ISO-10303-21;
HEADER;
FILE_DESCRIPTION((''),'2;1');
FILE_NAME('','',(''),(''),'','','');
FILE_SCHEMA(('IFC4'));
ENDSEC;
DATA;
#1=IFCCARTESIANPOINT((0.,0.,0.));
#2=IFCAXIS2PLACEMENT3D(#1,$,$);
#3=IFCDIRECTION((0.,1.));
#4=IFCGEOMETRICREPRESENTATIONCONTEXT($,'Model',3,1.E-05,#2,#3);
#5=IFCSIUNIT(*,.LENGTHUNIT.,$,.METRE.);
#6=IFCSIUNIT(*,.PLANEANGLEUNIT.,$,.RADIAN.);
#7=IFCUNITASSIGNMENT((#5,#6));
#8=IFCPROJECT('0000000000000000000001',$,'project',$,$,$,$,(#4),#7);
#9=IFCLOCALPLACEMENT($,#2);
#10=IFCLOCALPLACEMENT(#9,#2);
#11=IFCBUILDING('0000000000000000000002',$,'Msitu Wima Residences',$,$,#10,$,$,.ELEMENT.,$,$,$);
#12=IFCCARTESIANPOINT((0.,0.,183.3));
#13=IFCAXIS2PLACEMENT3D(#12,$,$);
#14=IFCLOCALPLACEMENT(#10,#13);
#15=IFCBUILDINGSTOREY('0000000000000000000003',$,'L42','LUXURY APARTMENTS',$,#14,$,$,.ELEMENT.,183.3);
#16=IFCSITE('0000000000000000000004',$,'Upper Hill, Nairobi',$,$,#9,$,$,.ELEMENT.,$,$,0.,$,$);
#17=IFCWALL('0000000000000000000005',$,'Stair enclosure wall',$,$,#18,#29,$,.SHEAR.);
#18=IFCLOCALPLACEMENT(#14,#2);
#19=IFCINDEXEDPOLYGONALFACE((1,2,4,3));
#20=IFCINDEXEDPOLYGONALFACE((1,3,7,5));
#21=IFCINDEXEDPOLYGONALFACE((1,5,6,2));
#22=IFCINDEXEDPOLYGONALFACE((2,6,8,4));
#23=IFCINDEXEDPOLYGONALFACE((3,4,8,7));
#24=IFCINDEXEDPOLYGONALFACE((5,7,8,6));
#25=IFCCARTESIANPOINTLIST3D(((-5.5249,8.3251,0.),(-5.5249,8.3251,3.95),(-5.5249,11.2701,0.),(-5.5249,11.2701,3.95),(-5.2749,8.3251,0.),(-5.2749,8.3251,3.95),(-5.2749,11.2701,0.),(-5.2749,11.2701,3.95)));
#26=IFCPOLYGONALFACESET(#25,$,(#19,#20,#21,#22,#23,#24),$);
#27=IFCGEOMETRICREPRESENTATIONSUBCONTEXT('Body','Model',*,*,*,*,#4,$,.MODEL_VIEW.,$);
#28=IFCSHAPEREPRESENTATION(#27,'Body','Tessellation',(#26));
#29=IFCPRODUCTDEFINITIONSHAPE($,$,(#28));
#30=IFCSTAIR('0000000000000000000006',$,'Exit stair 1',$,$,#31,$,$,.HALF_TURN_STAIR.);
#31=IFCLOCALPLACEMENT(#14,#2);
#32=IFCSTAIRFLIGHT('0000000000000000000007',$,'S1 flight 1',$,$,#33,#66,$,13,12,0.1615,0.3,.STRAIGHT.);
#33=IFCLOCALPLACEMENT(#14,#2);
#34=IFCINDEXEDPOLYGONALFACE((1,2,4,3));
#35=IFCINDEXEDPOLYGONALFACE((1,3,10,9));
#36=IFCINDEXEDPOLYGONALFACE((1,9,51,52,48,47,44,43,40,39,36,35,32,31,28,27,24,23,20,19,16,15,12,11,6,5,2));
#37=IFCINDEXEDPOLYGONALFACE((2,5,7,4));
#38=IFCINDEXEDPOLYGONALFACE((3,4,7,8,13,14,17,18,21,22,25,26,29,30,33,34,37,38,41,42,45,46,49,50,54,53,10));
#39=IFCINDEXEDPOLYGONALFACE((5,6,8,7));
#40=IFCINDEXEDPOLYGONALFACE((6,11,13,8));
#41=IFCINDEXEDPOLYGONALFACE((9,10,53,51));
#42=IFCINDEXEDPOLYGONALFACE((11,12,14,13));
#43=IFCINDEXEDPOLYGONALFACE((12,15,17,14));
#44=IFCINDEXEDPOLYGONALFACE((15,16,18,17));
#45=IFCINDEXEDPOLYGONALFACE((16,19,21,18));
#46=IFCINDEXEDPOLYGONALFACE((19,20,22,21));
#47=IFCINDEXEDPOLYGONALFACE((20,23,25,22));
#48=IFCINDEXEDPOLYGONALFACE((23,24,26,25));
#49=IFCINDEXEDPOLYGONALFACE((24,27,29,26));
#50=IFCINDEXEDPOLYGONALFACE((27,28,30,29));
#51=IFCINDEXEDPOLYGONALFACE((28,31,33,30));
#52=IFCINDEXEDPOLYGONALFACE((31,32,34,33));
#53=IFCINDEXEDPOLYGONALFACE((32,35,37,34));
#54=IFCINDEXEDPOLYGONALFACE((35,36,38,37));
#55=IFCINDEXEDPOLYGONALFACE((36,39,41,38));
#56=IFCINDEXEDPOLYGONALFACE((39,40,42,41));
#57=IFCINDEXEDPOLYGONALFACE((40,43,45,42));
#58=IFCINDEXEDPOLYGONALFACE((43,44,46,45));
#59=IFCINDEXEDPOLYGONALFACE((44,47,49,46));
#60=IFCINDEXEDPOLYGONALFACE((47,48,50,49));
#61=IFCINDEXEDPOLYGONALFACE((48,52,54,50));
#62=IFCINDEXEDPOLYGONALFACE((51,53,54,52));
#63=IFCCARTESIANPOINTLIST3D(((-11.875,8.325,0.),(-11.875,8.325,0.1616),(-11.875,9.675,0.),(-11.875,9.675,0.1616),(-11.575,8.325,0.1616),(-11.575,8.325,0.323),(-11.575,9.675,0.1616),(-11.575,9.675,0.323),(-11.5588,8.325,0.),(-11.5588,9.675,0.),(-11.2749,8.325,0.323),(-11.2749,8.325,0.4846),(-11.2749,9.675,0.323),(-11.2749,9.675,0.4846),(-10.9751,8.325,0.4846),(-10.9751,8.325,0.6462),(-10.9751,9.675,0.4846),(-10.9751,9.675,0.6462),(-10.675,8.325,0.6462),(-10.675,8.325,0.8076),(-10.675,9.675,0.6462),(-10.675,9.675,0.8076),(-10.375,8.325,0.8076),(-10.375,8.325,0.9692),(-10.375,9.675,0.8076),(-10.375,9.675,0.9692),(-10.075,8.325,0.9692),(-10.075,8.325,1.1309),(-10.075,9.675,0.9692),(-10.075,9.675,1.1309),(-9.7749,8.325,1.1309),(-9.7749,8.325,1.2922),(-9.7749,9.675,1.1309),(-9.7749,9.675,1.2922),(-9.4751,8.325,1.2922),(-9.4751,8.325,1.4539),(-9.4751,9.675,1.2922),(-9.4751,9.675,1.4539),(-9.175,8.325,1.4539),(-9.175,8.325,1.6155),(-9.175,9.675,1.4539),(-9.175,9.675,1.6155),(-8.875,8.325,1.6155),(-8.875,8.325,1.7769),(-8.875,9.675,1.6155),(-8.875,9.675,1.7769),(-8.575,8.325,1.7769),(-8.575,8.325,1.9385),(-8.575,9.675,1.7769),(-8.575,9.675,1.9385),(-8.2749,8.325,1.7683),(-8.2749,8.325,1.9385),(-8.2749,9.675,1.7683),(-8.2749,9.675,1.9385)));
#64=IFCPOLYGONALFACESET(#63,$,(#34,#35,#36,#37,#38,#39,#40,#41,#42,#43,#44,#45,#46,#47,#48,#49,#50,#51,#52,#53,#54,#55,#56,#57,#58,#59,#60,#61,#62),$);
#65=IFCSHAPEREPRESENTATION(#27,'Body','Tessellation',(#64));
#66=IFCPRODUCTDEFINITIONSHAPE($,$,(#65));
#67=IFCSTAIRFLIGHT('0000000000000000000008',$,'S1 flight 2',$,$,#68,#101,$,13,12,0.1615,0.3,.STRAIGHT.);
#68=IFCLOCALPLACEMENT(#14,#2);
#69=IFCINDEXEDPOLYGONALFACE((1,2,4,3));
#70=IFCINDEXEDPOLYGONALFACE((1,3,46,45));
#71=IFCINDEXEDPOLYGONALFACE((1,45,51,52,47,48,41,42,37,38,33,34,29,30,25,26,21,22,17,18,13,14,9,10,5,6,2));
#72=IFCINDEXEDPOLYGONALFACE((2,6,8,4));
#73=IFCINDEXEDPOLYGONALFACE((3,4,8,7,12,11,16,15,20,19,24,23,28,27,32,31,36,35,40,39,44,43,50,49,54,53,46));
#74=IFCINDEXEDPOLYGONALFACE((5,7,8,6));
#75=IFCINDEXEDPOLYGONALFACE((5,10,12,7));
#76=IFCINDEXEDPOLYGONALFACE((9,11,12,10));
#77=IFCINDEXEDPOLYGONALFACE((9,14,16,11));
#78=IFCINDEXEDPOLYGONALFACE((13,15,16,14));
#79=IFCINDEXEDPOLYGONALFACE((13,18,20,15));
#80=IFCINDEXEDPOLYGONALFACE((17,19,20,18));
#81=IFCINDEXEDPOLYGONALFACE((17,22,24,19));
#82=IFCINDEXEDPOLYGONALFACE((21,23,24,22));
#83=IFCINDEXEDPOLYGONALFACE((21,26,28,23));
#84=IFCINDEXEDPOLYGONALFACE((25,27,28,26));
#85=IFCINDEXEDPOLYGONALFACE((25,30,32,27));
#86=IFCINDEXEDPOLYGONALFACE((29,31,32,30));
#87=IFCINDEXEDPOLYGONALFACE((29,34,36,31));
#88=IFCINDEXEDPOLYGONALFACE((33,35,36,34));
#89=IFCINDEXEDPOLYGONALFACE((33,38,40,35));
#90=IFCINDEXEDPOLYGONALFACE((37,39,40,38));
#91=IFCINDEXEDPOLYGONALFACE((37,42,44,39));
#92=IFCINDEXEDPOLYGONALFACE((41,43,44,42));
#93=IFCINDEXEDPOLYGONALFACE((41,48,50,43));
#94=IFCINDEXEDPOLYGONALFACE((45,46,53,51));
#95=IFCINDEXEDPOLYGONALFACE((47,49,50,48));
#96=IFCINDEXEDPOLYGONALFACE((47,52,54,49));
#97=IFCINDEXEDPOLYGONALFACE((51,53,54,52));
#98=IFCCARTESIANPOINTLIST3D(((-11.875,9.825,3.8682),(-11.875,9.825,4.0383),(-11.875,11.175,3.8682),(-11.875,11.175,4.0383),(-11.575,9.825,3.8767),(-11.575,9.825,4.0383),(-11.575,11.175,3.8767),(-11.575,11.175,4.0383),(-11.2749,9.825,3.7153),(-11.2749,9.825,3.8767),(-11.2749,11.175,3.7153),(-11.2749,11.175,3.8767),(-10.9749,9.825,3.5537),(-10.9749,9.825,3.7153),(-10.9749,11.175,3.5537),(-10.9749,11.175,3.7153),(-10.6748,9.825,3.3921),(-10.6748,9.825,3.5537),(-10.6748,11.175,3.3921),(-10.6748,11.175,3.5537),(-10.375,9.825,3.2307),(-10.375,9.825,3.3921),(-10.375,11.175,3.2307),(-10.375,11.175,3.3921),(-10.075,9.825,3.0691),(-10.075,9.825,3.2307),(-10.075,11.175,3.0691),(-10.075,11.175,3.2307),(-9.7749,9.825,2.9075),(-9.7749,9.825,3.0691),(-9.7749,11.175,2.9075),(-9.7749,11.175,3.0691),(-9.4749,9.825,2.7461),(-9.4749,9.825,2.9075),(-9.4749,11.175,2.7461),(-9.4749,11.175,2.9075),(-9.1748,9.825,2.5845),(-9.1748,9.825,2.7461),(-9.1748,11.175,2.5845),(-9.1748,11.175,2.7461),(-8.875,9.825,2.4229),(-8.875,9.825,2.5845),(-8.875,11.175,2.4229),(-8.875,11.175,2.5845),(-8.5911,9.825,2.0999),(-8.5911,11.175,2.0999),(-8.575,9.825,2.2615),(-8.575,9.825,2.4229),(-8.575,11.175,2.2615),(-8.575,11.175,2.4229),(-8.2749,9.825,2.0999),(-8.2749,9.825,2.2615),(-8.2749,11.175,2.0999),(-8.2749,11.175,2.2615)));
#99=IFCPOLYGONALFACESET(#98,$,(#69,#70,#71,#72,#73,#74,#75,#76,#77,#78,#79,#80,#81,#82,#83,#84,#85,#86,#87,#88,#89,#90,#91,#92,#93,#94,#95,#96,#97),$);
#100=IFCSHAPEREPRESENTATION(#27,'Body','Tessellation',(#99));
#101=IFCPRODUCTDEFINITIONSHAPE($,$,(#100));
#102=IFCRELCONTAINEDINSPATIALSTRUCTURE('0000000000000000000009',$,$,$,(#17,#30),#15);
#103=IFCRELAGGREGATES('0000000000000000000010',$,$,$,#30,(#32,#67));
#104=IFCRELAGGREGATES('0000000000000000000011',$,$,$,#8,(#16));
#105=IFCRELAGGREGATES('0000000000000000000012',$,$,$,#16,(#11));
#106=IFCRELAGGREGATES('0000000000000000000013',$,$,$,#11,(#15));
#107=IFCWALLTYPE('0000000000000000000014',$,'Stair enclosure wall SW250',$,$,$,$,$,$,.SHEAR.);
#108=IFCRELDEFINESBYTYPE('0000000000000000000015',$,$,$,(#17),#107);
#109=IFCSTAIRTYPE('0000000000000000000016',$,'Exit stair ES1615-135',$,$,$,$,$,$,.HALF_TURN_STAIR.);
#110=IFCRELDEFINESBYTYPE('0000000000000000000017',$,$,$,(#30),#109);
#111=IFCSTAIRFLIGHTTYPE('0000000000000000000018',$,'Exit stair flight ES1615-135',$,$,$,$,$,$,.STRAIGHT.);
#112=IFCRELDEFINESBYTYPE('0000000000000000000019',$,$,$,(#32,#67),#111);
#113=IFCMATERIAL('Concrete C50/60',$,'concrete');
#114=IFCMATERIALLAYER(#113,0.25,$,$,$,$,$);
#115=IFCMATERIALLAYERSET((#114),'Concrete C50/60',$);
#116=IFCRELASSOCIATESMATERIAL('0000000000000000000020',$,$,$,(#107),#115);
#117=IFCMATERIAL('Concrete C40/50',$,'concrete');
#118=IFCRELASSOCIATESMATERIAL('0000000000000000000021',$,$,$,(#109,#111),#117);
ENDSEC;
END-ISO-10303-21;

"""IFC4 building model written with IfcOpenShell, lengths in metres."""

from ifc_helpers import new_model, si_unit, direction, frame, frame_2d, origin, place, context, subcontext, project, spatial, polyline, rectangle, outline, extrude, material, layer, layer_set, type_object, element, aggregate, save


model = new_model("IFC4")

# Units and contexts
model_context = context("Model", 3, precision=1e-05, world=origin(), true_north=direction((0.0, 1.0)))
body_context = subcontext(model_context, "Body", "Model", "MODEL_VIEW")
ifc_project = project(units=[si_unit("LENGTHUNIT", "METRE"), si_unit("PLANEANGLEUNIT", "RADIAN")], contexts=[model_context])

# Site, building, storey
site_placement = place(None, origin())
site = spatial("IfcSite", under=ifc_project, at=site_placement, Name="Upper Hill, Nairobi", CompositionType="ELEMENT", RefElevation=0.0)
building_placement = place(site_placement, origin())
building = spatial("IfcBuilding", under=site, at=building_placement, Name="Msitu Wima Residences", CompositionType="ELEMENT")
storey_placement = place(building_placement, frame((0.0, 0.0, 183.3)))
storey = spatial("IfcBuildingStorey", under=building, at=storey_placement, Name="L42", Description="LUXURY APARTMENTS", CompositionType="ELEMENT", Elevation=183.3)

# Shared definitions
ifc_material_1 = material(Name="Concrete C40/50", Category="concrete")

# Wall
ifc_material_2 = material(Name="Concrete C50/60", Category="concrete")
ifc_layer_1 = layer(ifc_material_2, 0.25)
ifc_layer_set_1 = layer_set([ifc_layer_1], Name="Concrete C50/60")
wall_type_1 = type_object("IfcWallType", Name="Stair enclosure wall SW250", PredefinedType="SHEAR", material=ifc_layer_set_1)
wall_1_placement = place(storey_placement, frame((-5.3999, 8.325, 0.0), z_axis=(0.0, 0.0, 1.0), x_axis=(0.0, 1.0, 0.0)))
element("IfcWall", 1, at=wall_1_placement, inside=storey, type_object=wall_type_1, Name="Stair enclosure wall", PredefinedType="SHEAR", context=body_context, shape_type="SweptSolid", body=[
    extrude(rectangle(XDim=2.9451, YDim=0.25, at=frame_2d((1.4727, 0.0))), origin(), (0.0, 0.0, 1.0), 3.95),
])

# Stair, stair flights
stair_type = type_object("IfcStairType", Name="Exit stair ES1615-135", PredefinedType="HALF_TURN_STAIR", material=ifc_material_1)
stair_placement = place(storey_placement, origin())
stair = element("IfcStair", 2, at=stair_placement, inside=storey, type_object=stair_type, Name="Exit stair 1", PredefinedType="HALF_TURN_STAIR")
stair_flight_type = type_object("IfcStairFlightType", Name="Exit stair flight ES1615-135", PredefinedType="STRAIGHT", material=ifc_material_1)
stair_flight_1_placement = place(storey_placement, frame((-11.875, 9.0, 0.0), z_axis=(0.0, 0.0, 1.0), x_axis=(1.0, 0.0, 0.0)))
stair_flight_1 = element("IfcStairFlight", 3, at=stair_flight_1_placement, type_object=stair_flight_type, Name="S1 flight 1", NumberOfRisers=13, NumberOfTreads=12, PredefinedType="STRAIGHT", RiserHeight=0.1615, TreadLength=0.3, context=body_context, shape_type="SweptSolid", body=[
    extrude(outline(polyline([(0.0, 0.0), (0.0, 0.1616), (0.3, 0.1616), (0.3, 0.323), (0.6001, 0.323), (0.6001, 0.4846), (0.8999, 0.4846), (0.8999, 0.6462), (1.2, 0.6462), (1.2, 0.8076), (1.5, 0.8076), (1.5, 0.9692), (1.8, 0.9692), (1.8, 1.1309), (2.1001, 1.1309), (2.1001, 1.2922), (2.3999, 1.2922), (2.3999, 1.4539), (2.7, 1.4539), (2.7, 1.6155), (3.0, 1.6155), (3.0, 1.7769), (3.3, 1.7769), (3.3, 1.9385), (3.6001, 1.9385), (3.6001, 2.1001), (3.6001, 1.7683), (0.3162, 0.0), (0.0, 0.0)])), frame((0.0, 0.675, 0.0), z_axis=(0.0, -1.0, 0.0), x_axis=(1.0, 0.0, 0.0)), (0.0, 0.0, 1.0), 1.3501),
])
stair_flight_2_placement = place(storey_placement, frame((-8.2749, 10.5, 2.0999), z_axis=(0.0, 0.0, 1.0), x_axis=(-1.0, 0.0, 0.0)))
stair_flight_2 = element("IfcStairFlight", 4, at=stair_flight_2_placement, type_object=stair_flight_type, Name="S1 flight 2", NumberOfRisers=13, NumberOfTreads=12, PredefinedType="STRAIGHT", RiserHeight=0.1615, TreadLength=0.3, context=body_context, shape_type="SweptSolid", body=[
    extrude(outline(polyline([(0.0, 0.0), (0.0, 0.1616), (0.3, 0.1616), (0.3, 0.323), (0.6001, 0.323), (0.6001, 0.4846), (0.8999, 0.4846), (0.8999, 0.6462), (1.2, 0.6462), (1.2, 0.8076), (1.5, 0.8076), (1.5, 0.9692), (1.8, 0.9692), (1.8, 1.1309), (2.1001, 1.1309), (2.1001, 1.2922), (2.3999, 1.2922), (2.3999, 1.4539), (2.7, 1.4539), (2.7, 1.6155), (3.0, 1.6155), (3.0, 1.7769), (3.3, 1.7769), (3.3, 1.9385), (3.6001, 1.9385), (3.6001, 2.1001), (3.6001, 1.7683), (0.3162, 0.0), (0.0, 0.0)])), frame((0.0, 0.675, 0.0), z_axis=(0.0, -1.0, 0.0), x_axis=(1.0, 0.0, 0.0)), (0.0, 0.0, 1.0), 1.3501),
])
aggregate(stair, [stair_flight_1, stair_flight_2])

save(model, "model.ifc")
